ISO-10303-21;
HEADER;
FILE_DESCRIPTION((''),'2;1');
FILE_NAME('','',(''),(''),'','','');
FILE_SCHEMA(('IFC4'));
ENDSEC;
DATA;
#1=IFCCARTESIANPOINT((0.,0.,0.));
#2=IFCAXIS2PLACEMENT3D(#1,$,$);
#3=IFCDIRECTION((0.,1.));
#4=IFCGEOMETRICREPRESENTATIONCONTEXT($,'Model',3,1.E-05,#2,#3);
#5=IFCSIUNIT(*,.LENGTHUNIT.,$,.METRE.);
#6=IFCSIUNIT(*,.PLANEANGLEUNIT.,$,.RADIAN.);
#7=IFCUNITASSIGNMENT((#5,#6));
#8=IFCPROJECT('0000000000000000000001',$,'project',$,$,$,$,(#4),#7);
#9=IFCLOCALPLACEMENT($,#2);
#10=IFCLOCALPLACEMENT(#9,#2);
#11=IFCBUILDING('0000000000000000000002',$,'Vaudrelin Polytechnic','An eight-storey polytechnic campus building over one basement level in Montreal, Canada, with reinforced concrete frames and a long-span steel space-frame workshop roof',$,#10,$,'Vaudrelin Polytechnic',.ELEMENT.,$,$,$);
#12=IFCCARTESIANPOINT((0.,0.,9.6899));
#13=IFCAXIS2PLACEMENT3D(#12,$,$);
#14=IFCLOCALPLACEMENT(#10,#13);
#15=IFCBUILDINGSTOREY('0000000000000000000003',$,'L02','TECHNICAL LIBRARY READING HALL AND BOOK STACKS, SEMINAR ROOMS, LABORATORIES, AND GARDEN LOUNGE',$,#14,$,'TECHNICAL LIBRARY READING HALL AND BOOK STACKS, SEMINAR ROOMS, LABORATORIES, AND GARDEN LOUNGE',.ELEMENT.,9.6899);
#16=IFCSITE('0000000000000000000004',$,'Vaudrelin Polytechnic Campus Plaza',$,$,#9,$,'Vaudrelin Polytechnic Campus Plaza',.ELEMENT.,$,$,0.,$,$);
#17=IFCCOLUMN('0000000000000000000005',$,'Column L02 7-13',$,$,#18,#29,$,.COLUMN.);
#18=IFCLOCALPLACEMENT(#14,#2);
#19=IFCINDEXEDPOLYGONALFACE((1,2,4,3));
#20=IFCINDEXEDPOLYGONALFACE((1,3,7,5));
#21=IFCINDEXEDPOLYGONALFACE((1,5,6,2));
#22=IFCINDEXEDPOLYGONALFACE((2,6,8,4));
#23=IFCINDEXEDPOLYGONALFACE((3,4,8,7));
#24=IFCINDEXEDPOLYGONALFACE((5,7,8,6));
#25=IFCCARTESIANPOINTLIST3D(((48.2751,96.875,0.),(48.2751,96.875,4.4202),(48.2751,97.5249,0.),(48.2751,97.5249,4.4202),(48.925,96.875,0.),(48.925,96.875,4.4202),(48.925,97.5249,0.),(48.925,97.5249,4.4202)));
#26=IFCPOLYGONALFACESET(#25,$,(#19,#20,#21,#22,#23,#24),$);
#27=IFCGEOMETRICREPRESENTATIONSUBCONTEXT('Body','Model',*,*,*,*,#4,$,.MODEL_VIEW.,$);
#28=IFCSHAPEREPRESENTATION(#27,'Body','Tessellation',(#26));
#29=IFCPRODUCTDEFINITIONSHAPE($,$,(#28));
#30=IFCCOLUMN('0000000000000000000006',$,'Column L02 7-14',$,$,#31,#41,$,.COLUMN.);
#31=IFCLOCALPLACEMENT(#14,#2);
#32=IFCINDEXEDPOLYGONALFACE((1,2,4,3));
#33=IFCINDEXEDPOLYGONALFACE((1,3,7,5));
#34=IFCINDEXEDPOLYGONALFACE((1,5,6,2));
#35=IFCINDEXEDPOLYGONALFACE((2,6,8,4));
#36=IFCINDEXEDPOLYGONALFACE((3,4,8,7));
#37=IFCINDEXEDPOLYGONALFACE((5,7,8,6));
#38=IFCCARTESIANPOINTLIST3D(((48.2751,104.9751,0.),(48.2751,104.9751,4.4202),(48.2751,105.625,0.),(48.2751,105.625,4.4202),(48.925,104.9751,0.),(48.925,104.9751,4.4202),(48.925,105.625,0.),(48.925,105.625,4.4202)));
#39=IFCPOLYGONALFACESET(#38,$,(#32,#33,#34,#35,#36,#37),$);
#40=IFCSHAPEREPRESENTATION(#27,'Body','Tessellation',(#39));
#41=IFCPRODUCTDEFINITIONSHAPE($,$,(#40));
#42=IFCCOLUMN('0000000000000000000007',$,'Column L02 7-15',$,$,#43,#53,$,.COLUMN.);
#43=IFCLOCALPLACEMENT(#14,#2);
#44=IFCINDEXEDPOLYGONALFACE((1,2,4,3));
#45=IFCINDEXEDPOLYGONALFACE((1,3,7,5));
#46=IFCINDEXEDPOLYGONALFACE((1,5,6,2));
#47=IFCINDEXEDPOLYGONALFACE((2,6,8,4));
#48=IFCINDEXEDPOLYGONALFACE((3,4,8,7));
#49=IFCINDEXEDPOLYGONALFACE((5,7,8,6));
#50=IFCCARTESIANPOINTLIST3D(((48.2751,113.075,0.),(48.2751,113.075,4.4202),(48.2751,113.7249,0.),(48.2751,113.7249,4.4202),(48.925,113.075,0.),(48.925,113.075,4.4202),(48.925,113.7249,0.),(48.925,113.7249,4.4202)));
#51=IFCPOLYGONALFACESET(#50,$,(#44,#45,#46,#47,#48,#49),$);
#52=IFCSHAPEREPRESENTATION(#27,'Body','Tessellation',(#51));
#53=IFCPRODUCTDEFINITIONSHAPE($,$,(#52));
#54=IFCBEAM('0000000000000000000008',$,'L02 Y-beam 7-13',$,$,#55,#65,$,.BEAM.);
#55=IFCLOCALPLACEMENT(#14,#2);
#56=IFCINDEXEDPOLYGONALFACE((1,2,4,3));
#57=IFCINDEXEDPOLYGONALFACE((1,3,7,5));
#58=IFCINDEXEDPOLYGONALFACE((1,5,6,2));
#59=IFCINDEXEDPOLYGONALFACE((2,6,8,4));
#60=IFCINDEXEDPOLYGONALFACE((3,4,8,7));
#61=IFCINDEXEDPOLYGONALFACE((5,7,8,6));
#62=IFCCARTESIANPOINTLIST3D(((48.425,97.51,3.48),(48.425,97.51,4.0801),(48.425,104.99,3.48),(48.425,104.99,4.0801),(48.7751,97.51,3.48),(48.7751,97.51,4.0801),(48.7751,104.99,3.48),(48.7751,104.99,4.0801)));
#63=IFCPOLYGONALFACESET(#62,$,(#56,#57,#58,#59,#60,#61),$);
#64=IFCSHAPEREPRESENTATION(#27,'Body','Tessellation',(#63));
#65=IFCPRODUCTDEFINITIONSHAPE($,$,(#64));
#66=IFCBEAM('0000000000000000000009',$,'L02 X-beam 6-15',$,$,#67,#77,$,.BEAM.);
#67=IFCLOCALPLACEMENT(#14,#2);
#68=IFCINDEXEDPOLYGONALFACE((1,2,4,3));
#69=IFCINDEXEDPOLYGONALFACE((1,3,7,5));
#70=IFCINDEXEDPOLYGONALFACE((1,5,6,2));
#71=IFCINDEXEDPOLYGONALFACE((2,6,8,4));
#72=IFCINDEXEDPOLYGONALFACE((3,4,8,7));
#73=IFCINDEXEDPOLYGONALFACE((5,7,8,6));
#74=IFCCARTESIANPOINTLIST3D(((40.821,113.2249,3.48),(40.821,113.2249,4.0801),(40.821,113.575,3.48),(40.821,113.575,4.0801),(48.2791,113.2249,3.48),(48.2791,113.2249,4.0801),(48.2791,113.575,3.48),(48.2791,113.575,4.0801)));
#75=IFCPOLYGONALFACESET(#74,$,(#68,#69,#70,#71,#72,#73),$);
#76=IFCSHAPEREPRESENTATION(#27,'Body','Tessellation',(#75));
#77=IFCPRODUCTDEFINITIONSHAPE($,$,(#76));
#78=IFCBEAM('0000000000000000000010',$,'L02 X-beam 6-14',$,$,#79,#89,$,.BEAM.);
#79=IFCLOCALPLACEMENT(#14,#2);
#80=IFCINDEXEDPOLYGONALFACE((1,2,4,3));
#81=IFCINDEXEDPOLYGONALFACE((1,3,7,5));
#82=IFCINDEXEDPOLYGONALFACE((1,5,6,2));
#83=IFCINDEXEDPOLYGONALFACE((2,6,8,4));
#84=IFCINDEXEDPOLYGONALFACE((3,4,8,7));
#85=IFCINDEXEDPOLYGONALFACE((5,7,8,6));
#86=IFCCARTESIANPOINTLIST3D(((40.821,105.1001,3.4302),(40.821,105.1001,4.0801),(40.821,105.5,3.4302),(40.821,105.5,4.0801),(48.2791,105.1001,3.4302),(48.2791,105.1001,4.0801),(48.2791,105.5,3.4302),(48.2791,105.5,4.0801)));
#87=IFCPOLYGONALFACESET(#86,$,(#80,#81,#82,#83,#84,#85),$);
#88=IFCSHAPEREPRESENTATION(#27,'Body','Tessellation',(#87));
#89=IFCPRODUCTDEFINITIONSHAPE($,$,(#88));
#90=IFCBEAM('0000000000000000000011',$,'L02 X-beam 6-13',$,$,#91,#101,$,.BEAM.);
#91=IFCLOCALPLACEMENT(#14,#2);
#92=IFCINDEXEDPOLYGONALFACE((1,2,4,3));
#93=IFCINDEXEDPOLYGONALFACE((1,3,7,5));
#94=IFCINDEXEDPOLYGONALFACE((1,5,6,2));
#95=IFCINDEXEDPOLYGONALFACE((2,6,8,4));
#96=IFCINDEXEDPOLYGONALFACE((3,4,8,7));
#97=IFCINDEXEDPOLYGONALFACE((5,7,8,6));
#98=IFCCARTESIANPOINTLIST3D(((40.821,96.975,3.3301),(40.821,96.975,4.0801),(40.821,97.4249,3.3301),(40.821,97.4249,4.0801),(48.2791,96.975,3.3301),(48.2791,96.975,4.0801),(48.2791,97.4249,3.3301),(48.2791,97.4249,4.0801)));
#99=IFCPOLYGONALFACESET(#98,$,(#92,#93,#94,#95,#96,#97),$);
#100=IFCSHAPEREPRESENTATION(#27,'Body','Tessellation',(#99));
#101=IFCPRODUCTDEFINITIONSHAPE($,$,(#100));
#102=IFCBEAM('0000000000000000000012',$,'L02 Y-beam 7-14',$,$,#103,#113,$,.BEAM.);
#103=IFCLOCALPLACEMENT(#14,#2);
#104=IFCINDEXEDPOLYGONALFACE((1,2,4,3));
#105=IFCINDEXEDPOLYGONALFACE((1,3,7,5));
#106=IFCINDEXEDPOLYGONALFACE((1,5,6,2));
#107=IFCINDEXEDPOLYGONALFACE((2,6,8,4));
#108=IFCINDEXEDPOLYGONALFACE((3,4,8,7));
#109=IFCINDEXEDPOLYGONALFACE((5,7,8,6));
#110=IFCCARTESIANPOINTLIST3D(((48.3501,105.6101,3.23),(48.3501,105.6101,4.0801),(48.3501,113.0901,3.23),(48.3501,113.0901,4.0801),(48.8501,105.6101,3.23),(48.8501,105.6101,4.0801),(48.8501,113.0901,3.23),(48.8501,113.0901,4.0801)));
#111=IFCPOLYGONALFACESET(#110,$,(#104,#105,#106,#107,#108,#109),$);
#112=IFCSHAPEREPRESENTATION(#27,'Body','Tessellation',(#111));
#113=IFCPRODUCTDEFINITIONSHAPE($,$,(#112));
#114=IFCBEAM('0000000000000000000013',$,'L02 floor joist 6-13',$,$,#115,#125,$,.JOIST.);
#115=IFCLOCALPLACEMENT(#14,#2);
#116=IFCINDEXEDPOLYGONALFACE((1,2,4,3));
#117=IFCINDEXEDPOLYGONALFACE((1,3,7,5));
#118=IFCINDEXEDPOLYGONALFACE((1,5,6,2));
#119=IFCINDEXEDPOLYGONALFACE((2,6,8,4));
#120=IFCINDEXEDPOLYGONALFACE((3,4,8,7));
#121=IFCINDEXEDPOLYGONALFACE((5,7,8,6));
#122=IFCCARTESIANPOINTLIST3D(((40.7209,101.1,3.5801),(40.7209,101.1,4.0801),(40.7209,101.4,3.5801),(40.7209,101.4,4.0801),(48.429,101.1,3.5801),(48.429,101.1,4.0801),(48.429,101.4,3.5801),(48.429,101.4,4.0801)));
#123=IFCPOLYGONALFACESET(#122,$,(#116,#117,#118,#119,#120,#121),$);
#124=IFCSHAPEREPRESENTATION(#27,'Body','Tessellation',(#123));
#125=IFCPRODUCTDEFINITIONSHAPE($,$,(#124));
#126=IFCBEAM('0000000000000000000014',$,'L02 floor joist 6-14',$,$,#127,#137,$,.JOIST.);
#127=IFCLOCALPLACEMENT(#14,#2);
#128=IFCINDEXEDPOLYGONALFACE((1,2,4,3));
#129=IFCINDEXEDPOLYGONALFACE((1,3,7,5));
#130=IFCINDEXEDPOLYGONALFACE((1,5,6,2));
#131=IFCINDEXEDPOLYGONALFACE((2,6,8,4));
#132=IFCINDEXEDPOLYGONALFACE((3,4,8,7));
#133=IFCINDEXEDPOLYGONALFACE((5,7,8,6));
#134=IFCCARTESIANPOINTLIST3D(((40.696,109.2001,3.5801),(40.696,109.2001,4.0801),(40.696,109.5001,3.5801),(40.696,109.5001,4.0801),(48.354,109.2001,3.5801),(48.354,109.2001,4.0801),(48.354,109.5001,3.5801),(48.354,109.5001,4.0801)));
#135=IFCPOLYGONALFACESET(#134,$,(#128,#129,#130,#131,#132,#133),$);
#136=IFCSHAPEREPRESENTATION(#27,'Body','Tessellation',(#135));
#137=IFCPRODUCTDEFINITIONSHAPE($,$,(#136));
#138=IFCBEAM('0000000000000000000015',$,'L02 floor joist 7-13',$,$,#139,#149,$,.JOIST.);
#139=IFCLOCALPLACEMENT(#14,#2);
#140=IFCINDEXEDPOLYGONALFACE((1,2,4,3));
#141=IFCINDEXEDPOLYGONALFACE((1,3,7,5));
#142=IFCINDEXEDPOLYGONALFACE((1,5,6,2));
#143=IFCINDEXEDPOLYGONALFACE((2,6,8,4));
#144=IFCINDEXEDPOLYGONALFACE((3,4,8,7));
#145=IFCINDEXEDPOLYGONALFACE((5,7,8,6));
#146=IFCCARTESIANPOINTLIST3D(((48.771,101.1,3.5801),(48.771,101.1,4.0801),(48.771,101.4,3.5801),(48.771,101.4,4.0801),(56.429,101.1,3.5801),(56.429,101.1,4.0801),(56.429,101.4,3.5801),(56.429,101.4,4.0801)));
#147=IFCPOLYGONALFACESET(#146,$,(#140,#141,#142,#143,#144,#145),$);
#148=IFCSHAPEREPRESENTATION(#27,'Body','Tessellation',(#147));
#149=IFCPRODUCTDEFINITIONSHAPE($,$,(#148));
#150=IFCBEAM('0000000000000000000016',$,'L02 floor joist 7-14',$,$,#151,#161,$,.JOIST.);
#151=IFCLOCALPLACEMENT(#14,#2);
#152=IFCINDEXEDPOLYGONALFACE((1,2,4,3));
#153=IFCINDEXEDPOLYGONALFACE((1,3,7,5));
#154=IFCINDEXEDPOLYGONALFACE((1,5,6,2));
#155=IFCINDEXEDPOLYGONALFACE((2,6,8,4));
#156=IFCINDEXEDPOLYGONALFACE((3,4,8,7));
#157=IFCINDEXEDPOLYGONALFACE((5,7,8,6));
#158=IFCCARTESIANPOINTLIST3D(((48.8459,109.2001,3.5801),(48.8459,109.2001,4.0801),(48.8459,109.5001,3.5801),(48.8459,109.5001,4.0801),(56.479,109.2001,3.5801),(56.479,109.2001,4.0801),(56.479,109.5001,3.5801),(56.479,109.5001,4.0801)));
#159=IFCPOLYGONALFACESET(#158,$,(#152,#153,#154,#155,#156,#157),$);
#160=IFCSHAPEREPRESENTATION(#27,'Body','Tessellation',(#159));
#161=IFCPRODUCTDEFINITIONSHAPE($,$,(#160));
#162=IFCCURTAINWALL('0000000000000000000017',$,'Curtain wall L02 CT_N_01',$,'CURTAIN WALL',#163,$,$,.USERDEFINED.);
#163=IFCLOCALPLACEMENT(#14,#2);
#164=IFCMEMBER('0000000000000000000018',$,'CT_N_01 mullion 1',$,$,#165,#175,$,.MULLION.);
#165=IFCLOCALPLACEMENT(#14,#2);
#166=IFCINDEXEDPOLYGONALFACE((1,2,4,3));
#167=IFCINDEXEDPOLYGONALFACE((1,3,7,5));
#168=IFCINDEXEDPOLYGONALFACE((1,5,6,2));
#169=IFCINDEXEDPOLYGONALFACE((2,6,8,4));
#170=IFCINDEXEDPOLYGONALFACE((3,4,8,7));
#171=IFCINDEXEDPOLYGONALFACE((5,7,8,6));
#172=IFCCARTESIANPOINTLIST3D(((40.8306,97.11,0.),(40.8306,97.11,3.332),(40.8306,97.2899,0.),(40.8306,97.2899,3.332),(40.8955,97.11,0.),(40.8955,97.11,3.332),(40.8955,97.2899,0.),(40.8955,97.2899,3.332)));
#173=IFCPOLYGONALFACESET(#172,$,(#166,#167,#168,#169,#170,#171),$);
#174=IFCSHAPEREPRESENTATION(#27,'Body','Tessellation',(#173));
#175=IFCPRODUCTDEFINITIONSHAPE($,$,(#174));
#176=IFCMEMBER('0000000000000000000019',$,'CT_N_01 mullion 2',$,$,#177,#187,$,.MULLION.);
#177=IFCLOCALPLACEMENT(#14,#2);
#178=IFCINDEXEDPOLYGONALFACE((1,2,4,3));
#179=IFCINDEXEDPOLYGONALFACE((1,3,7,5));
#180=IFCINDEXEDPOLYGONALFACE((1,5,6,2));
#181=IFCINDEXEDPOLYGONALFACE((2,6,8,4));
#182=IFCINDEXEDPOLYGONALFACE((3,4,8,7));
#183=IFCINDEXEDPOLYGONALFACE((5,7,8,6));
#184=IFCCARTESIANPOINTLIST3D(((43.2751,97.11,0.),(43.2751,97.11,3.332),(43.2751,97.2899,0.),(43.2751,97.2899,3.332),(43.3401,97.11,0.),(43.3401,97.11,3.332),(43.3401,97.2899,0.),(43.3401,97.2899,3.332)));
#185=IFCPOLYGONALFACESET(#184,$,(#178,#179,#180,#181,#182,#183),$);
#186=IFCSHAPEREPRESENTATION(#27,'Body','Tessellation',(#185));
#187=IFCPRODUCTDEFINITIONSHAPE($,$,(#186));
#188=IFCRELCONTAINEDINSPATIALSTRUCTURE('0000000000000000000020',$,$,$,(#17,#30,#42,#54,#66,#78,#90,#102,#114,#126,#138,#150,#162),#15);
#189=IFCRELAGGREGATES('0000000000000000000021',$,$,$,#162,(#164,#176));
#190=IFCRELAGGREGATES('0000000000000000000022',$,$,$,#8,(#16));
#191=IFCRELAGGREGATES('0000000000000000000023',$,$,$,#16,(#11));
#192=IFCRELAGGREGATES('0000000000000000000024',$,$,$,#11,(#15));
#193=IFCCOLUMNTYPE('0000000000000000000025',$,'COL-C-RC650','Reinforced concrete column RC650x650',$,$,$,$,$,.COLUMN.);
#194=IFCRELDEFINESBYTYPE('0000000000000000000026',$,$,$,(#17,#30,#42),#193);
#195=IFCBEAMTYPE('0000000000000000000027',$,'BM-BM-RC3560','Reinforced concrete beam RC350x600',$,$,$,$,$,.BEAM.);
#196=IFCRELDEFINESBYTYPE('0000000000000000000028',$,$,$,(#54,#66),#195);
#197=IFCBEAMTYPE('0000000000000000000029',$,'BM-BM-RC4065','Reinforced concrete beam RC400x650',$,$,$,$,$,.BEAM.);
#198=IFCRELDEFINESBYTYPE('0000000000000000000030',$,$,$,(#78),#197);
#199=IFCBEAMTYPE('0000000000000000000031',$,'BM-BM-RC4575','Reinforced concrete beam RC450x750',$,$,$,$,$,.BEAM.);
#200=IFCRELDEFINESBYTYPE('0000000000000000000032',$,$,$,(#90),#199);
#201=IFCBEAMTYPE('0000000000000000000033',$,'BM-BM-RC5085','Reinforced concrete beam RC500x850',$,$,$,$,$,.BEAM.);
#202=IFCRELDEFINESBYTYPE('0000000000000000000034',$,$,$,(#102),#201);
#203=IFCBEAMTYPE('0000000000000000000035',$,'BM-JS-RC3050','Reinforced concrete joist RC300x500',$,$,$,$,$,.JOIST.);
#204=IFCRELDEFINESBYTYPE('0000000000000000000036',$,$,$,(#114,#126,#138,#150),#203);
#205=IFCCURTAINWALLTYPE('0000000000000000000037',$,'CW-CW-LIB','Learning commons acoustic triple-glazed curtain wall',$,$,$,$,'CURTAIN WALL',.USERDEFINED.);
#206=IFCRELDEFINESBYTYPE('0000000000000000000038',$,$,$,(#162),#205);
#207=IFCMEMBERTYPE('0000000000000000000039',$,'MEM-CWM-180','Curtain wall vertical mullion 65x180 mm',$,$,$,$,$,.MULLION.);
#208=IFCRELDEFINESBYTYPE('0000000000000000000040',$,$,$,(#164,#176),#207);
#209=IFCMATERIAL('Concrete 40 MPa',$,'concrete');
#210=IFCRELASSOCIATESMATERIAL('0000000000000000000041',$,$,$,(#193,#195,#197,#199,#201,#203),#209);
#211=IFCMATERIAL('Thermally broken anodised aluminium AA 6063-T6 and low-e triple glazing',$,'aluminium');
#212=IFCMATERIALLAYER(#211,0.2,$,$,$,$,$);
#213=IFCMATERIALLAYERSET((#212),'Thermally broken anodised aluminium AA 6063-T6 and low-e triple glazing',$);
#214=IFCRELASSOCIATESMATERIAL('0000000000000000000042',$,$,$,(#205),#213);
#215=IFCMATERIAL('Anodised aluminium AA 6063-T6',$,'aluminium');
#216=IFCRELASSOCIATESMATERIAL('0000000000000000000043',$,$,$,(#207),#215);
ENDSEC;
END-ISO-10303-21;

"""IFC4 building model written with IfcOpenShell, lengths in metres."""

from ifc_helpers import new_model, si_unit, direction, frame, origin, origin_2d, place, context, subcontext, project, spatial, rectangle, extrude, material, layer, layer_set, material_profile, profile_set, type_object, element, aggregate, save


model = new_model("IFC4")

# Units and contexts
model_context = context("Model", 3, precision=1e-05, world=origin(), true_north=direction((0.0, 1.0)))
body_context = subcontext(model_context, "Body", "Model", "MODEL_VIEW")
ifc_project = project(units=[si_unit("LENGTHUNIT", "METRE"), si_unit("PLANEANGLEUNIT", "RADIAN")], contexts=[model_context])

# Site, building, storey
site_placement = place(None, origin())
site = spatial("IfcSite", under=ifc_project, at=site_placement, Name="Vaudrelin Polytechnic Campus Plaza", LongName="Vaudrelin Polytechnic Campus Plaza", CompositionType="ELEMENT", RefElevation=0.0)
building_placement = place(site_placement, origin())
building = spatial("IfcBuilding", under=site, at=building_placement, Name="Vaudrelin Polytechnic", Description="An eight-storey polytechnic campus building over one basement level in Montreal, Canada, with reinforced concrete frames and a long-span steel space-frame workshop roof", LongName="Vaudrelin Polytechnic", CompositionType="ELEMENT")
storey_placement = place(building_placement, frame((0.0, 0.0, 9.6899)))
storey = spatial("IfcBuildingStorey", under=building, at=storey_placement, Name="L02", Description="TECHNICAL LIBRARY READING HALL AND BOOK STACKS, SEMINAR ROOMS, LABORATORIES, AND GARDEN LOUNGE", LongName="TECHNICAL LIBRARY READING HALL AND BOOK STACKS, SEMINAR ROOMS, LABORATORIES, AND GARDEN LOUNGE", CompositionType="ELEMENT", Elevation=9.6899)

# Columns
ifc_material_1 = material(Name="Concrete 40 MPa", Category="concrete")
ifc_material_profile_1 = material_profile(ifc_material_1, rectangle(XDim=0.6499, YDim=0.6499, at=origin_2d()), Name="RC650x650")
ifc_profile_set_1 = profile_set([ifc_material_profile_1], Name="Concrete 40 MPa")
column_type = type_object("IfcColumnType", Name="COL-C-RC650", Description="Reinforced concrete column RC650x650", PredefinedType="COLUMN", material=ifc_profile_set_1)
for number, where, z_axis, x_axis, name in (
    (1, (48.6001, 97.2, 0.0), (0.0, 0.0, 1.0), (1.0, 0.0, 0.0), "Column L02 7-13"),
    (2, (48.6001, 105.3, 0.0), (0.0, 0.0, 1.0), (1.0, 0.0, 0.0), "Column L02 7-14"),
    (3, (48.6001, 113.3999, 0.0), (0.0, 0.0, 1.0), (1.0, 0.0, 0.0), "Column L02 7-15"),
):
    element("IfcColumn", number, at=place(storey_placement, frame(where, z_axis=z_axis, x_axis=x_axis)), inside=storey, type_object=column_type, Name=name, PredefinedType="COLUMN", context=body_context, shape_type="SweptSolid", body=[
        extrude(rectangle(XDim=0.6499, YDim=0.6499, at=origin_2d()), origin(), (0.0, 0.0, 1.0), 4.4202),
    ])

# Beams
ifc_material_profile_2 = material_profile(ifc_material_1, rectangle(XDim=0.3501, YDim=0.6001, at=origin_2d()), Name="RC350x600")
ifc_profile_set_2 = profile_set([ifc_material_profile_2], Name="Concrete 40 MPa")
beam_type_1 = type_object("IfcBeamType", Name="BM-BM-RC3560", Description="Reinforced concrete beam RC350x600", PredefinedType="BEAM", material=ifc_profile_set_2)
beam_1_placement = place(storey_placement, frame((48.6001, 97.51, 3.78), z_axis=(0.0, 1.0, 0.0), x_axis=(-1.0, 0.0, 0.0)))
element("IfcBeam", 4, at=beam_1_placement, inside=storey, type_object=beam_type_1, Name="L02 Y-beam 7-13", PredefinedType="BEAM", context=body_context, shape_type="SweptSolid", body=[
    extrude(rectangle(XDim=0.3501, YDim=0.6001, at=origin_2d()), origin(), (0.0, 0.0, 1.0), 7.48),
])
beam_2_placement = place(storey_placement, frame((40.821, 113.3999, 3.78), z_axis=(1.0, 0.0, 0.0), x_axis=(0.0, 1.0, 0.0)))
element("IfcBeam", 5, at=beam_2_placement, inside=storey, type_object=beam_type_1, Name="L02 X-beam 6-15", PredefinedType="BEAM", context=body_context, shape_type="SweptSolid", body=[
    extrude(rectangle(XDim=0.3501, YDim=0.6001, at=origin_2d()), origin(), (0.0, 0.0, 1.0), 7.458),
])
ifc_material_profile_3 = material_profile(ifc_material_1, rectangle(XDim=0.3999, YDim=0.6499, at=origin_2d()), Name="RC400x650")
ifc_profile_set_3 = profile_set([ifc_material_profile_3], Name="Concrete 40 MPa")
beam_type_2 = type_object("IfcBeamType", Name="BM-BM-RC4065", Description="Reinforced concrete beam RC400x650", PredefinedType="BEAM", material=ifc_profile_set_3)
beam_3_placement = place(storey_placement, frame((40.821, 105.3, 3.7551), z_axis=(1.0, 0.0, 0.0), x_axis=(0.0, 1.0, 0.0)))
element("IfcBeam", 6, at=beam_3_placement, inside=storey, type_object=beam_type_2, Name="L02 X-beam 6-14", PredefinedType="BEAM", context=body_context, shape_type="SweptSolid", body=[
    extrude(rectangle(XDim=0.3999, YDim=0.6499, at=origin_2d()), origin(), (0.0, 0.0, 1.0), 7.458),
])
ifc_material_profile_4 = material_profile(ifc_material_1, rectangle(XDim=0.45, YDim=0.75, at=origin_2d()), Name="RC450x750")
ifc_profile_set_4 = profile_set([ifc_material_profile_4], Name="Concrete 40 MPa")
beam_type_3 = type_object("IfcBeamType", Name="BM-BM-RC4575", Description="Reinforced concrete beam RC450x750", PredefinedType="BEAM", material=ifc_profile_set_4)
beam_4_placement = place(storey_placement, frame((40.821, 97.2, 3.7051), z_axis=(1.0, 0.0, 0.0), x_axis=(0.0, 1.0, 0.0)))
element("IfcBeam", 7, at=beam_4_placement, inside=storey, type_object=beam_type_3, Name="L02 X-beam 6-13", PredefinedType="BEAM", context=body_context, shape_type="SweptSolid", body=[
    extrude(rectangle(XDim=0.45, YDim=0.75, at=origin_2d()), origin(), (0.0, 0.0, 1.0), 7.458),
])
ifc_material_profile_5 = material_profile(ifc_material_1, rectangle(XDim=0.5, YDim=0.8501, at=origin_2d()), Name="RC500x850")
ifc_profile_set_5 = profile_set([ifc_material_profile_5], Name="Concrete 40 MPa")
beam_type_4 = type_object("IfcBeamType", Name="BM-BM-RC5085", Description="Reinforced concrete beam RC500x850", PredefinedType="BEAM", material=ifc_profile_set_5)
beam_5_placement = place(storey_placement, frame((48.6001, 105.6101, 3.655), z_axis=(0.0, 1.0, 0.0), x_axis=(-1.0, 0.0, 0.0)))
element("IfcBeam", 8, at=beam_5_placement, inside=storey, type_object=beam_type_4, Name="L02 Y-beam 7-14", PredefinedType="BEAM", context=body_context, shape_type="SweptSolid", body=[
    extrude(rectangle(XDim=0.5, YDim=0.8501, at=origin_2d()), origin(), (0.0, 0.0, 1.0), 7.48),
])
ifc_material_profile_6 = material_profile(ifc_material_1, rectangle(XDim=0.3, YDim=0.5, at=origin_2d()), Name="RC300x500")
ifc_profile_set_6 = profile_set([ifc_material_profile_6], Name="Concrete 40 MPa")
beam_type_5 = type_object("IfcBeamType", Name="BM-JS-RC3050", Description="Reinforced concrete joist RC300x500", PredefinedType="JOIST", material=ifc_profile_set_6)
beam_6_placement = place(storey_placement, frame((40.7209, 101.25, 3.8301), z_axis=(1.0, 0.0, 0.0), x_axis=(0.0, 1.0, 0.0)))
element("IfcBeam", 9, at=beam_6_placement, inside=storey, type_object=beam_type_5, Name="L02 floor joist 6-13", PredefinedType="JOIST", context=body_context, shape_type="SweptSolid", body=[
    extrude(rectangle(XDim=0.3, YDim=0.5, at=origin_2d()), origin(), (0.0, 0.0, 1.0), 7.708),
])
for number, where, z_axis, x_axis, name in (
    (10, (40.696, 109.3501, 3.8301), (1.0, 0.0, 0.0), (0.0, 1.0, 0.0), "L02 floor joist 6-14"),
    (11, (48.771, 101.25, 3.8301), (1.0, 0.0, 0.0), (0.0, 1.0, 0.0), "L02 floor joist 7-13"),
):
    element("IfcBeam", number, at=place(storey_placement, frame(where, z_axis=z_axis, x_axis=x_axis)), inside=storey, type_object=beam_type_5, Name=name, PredefinedType="JOIST", context=body_context, shape_type="SweptSolid", body=[
        extrude(rectangle(XDim=0.3, YDim=0.5, at=origin_2d()), origin(), (0.0, 0.0, 1.0), 7.658),
    ])
beam_7_placement = place(storey_placement, frame((48.8459, 109.3501, 3.8301), z_axis=(1.0, 0.0, 0.0), x_axis=(0.0, 1.0, 0.0)))
element("IfcBeam", 12, at=beam_7_placement, inside=storey, type_object=beam_type_5, Name="L02 floor joist 7-14", PredefinedType="JOIST", context=body_context, shape_type="SweptSolid", body=[
    extrude(rectangle(XDim=0.3, YDim=0.5, at=origin_2d()), origin(), (0.0, 0.0, 1.0), 7.6331),
])

# Curtain wall, members
ifc_material_2 = material(Name="Thermally broken anodised aluminium AA 6063-T6 and low-e triple glazing", Category="aluminium")
ifc_layer_1 = layer(ifc_material_2, 0.2)
ifc_layer_set_1 = layer_set([ifc_layer_1], Name="Thermally broken anodised aluminium AA 6063-T6 and low-e triple glazing")
curtain_wall_type = type_object("IfcCurtainWallType", Name="CW-CW-LIB", Description="Learning commons acoustic triple-glazed curtain wall", ElementType="CURTAIN WALL", PredefinedType="USERDEFINED", material=ifc_layer_set_1)
curtain_wall_placement = place(storey_placement, origin())
curtain_wall = element("IfcCurtainWall", 13, at=curtain_wall_placement, inside=storey, type_object=curtain_wall_type, Name="Curtain wall L02 CT_N_01", ObjectType="CURTAIN WALL", PredefinedType="USERDEFINED")
ifc_material_3 = material(Name="Anodised aluminium AA 6063-T6", Category="aluminium")
ifc_material_profile_7 = material_profile(ifc_material_3, rectangle(XDim=0.0649, YDim=0.1799, at=origin_2d()), Name="CWM-65x180")
ifc_profile_set_7 = profile_set([ifc_material_profile_7], Name="Anodised aluminium AA 6063-T6")
member_type_1 = type_object("IfcMemberType", Name="MEM-CWM-180", Description="Curtain wall vertical mullion 65x180 mm", PredefinedType="MULLION", material=ifc_profile_set_7)
member_1_placement = place(storey_placement, frame((40.863, 97.2, 0.0), z_axis=(0.0, 0.0, 1.0), x_axis=(1.0, 0.0, 0.0)))
member_1 = element("IfcMember", 14, at=member_1_placement, type_object=member_type_1, Name="CT_N_01 mullion 1", PredefinedType="MULLION", context=body_context, shape_type="SweptSolid", body=[
    extrude(rectangle(XDim=0.0649, YDim=0.1799, at=origin_2d()), origin(), (0.0, 0.0, 1.0), 3.332),
])
member_2_placement = place(storey_placement, frame((43.3076, 97.2, 0.0), z_axis=(0.0, 0.0, 1.0), x_axis=(1.0, 0.0, 0.0)))
member_2 = element("IfcMember", 15, at=member_2_placement, type_object=member_type_1, Name="CT_N_01 mullion 2", PredefinedType="MULLION", context=body_context, shape_type="SweptSolid", body=[
    extrude(rectangle(XDim=0.0649, YDim=0.1799, at=origin_2d()), origin(), (0.0, 0.0, 1.0), 3.332),
])
aggregate(curtain_wall, [member_1, member_2])

save(model, "model.ifc")
